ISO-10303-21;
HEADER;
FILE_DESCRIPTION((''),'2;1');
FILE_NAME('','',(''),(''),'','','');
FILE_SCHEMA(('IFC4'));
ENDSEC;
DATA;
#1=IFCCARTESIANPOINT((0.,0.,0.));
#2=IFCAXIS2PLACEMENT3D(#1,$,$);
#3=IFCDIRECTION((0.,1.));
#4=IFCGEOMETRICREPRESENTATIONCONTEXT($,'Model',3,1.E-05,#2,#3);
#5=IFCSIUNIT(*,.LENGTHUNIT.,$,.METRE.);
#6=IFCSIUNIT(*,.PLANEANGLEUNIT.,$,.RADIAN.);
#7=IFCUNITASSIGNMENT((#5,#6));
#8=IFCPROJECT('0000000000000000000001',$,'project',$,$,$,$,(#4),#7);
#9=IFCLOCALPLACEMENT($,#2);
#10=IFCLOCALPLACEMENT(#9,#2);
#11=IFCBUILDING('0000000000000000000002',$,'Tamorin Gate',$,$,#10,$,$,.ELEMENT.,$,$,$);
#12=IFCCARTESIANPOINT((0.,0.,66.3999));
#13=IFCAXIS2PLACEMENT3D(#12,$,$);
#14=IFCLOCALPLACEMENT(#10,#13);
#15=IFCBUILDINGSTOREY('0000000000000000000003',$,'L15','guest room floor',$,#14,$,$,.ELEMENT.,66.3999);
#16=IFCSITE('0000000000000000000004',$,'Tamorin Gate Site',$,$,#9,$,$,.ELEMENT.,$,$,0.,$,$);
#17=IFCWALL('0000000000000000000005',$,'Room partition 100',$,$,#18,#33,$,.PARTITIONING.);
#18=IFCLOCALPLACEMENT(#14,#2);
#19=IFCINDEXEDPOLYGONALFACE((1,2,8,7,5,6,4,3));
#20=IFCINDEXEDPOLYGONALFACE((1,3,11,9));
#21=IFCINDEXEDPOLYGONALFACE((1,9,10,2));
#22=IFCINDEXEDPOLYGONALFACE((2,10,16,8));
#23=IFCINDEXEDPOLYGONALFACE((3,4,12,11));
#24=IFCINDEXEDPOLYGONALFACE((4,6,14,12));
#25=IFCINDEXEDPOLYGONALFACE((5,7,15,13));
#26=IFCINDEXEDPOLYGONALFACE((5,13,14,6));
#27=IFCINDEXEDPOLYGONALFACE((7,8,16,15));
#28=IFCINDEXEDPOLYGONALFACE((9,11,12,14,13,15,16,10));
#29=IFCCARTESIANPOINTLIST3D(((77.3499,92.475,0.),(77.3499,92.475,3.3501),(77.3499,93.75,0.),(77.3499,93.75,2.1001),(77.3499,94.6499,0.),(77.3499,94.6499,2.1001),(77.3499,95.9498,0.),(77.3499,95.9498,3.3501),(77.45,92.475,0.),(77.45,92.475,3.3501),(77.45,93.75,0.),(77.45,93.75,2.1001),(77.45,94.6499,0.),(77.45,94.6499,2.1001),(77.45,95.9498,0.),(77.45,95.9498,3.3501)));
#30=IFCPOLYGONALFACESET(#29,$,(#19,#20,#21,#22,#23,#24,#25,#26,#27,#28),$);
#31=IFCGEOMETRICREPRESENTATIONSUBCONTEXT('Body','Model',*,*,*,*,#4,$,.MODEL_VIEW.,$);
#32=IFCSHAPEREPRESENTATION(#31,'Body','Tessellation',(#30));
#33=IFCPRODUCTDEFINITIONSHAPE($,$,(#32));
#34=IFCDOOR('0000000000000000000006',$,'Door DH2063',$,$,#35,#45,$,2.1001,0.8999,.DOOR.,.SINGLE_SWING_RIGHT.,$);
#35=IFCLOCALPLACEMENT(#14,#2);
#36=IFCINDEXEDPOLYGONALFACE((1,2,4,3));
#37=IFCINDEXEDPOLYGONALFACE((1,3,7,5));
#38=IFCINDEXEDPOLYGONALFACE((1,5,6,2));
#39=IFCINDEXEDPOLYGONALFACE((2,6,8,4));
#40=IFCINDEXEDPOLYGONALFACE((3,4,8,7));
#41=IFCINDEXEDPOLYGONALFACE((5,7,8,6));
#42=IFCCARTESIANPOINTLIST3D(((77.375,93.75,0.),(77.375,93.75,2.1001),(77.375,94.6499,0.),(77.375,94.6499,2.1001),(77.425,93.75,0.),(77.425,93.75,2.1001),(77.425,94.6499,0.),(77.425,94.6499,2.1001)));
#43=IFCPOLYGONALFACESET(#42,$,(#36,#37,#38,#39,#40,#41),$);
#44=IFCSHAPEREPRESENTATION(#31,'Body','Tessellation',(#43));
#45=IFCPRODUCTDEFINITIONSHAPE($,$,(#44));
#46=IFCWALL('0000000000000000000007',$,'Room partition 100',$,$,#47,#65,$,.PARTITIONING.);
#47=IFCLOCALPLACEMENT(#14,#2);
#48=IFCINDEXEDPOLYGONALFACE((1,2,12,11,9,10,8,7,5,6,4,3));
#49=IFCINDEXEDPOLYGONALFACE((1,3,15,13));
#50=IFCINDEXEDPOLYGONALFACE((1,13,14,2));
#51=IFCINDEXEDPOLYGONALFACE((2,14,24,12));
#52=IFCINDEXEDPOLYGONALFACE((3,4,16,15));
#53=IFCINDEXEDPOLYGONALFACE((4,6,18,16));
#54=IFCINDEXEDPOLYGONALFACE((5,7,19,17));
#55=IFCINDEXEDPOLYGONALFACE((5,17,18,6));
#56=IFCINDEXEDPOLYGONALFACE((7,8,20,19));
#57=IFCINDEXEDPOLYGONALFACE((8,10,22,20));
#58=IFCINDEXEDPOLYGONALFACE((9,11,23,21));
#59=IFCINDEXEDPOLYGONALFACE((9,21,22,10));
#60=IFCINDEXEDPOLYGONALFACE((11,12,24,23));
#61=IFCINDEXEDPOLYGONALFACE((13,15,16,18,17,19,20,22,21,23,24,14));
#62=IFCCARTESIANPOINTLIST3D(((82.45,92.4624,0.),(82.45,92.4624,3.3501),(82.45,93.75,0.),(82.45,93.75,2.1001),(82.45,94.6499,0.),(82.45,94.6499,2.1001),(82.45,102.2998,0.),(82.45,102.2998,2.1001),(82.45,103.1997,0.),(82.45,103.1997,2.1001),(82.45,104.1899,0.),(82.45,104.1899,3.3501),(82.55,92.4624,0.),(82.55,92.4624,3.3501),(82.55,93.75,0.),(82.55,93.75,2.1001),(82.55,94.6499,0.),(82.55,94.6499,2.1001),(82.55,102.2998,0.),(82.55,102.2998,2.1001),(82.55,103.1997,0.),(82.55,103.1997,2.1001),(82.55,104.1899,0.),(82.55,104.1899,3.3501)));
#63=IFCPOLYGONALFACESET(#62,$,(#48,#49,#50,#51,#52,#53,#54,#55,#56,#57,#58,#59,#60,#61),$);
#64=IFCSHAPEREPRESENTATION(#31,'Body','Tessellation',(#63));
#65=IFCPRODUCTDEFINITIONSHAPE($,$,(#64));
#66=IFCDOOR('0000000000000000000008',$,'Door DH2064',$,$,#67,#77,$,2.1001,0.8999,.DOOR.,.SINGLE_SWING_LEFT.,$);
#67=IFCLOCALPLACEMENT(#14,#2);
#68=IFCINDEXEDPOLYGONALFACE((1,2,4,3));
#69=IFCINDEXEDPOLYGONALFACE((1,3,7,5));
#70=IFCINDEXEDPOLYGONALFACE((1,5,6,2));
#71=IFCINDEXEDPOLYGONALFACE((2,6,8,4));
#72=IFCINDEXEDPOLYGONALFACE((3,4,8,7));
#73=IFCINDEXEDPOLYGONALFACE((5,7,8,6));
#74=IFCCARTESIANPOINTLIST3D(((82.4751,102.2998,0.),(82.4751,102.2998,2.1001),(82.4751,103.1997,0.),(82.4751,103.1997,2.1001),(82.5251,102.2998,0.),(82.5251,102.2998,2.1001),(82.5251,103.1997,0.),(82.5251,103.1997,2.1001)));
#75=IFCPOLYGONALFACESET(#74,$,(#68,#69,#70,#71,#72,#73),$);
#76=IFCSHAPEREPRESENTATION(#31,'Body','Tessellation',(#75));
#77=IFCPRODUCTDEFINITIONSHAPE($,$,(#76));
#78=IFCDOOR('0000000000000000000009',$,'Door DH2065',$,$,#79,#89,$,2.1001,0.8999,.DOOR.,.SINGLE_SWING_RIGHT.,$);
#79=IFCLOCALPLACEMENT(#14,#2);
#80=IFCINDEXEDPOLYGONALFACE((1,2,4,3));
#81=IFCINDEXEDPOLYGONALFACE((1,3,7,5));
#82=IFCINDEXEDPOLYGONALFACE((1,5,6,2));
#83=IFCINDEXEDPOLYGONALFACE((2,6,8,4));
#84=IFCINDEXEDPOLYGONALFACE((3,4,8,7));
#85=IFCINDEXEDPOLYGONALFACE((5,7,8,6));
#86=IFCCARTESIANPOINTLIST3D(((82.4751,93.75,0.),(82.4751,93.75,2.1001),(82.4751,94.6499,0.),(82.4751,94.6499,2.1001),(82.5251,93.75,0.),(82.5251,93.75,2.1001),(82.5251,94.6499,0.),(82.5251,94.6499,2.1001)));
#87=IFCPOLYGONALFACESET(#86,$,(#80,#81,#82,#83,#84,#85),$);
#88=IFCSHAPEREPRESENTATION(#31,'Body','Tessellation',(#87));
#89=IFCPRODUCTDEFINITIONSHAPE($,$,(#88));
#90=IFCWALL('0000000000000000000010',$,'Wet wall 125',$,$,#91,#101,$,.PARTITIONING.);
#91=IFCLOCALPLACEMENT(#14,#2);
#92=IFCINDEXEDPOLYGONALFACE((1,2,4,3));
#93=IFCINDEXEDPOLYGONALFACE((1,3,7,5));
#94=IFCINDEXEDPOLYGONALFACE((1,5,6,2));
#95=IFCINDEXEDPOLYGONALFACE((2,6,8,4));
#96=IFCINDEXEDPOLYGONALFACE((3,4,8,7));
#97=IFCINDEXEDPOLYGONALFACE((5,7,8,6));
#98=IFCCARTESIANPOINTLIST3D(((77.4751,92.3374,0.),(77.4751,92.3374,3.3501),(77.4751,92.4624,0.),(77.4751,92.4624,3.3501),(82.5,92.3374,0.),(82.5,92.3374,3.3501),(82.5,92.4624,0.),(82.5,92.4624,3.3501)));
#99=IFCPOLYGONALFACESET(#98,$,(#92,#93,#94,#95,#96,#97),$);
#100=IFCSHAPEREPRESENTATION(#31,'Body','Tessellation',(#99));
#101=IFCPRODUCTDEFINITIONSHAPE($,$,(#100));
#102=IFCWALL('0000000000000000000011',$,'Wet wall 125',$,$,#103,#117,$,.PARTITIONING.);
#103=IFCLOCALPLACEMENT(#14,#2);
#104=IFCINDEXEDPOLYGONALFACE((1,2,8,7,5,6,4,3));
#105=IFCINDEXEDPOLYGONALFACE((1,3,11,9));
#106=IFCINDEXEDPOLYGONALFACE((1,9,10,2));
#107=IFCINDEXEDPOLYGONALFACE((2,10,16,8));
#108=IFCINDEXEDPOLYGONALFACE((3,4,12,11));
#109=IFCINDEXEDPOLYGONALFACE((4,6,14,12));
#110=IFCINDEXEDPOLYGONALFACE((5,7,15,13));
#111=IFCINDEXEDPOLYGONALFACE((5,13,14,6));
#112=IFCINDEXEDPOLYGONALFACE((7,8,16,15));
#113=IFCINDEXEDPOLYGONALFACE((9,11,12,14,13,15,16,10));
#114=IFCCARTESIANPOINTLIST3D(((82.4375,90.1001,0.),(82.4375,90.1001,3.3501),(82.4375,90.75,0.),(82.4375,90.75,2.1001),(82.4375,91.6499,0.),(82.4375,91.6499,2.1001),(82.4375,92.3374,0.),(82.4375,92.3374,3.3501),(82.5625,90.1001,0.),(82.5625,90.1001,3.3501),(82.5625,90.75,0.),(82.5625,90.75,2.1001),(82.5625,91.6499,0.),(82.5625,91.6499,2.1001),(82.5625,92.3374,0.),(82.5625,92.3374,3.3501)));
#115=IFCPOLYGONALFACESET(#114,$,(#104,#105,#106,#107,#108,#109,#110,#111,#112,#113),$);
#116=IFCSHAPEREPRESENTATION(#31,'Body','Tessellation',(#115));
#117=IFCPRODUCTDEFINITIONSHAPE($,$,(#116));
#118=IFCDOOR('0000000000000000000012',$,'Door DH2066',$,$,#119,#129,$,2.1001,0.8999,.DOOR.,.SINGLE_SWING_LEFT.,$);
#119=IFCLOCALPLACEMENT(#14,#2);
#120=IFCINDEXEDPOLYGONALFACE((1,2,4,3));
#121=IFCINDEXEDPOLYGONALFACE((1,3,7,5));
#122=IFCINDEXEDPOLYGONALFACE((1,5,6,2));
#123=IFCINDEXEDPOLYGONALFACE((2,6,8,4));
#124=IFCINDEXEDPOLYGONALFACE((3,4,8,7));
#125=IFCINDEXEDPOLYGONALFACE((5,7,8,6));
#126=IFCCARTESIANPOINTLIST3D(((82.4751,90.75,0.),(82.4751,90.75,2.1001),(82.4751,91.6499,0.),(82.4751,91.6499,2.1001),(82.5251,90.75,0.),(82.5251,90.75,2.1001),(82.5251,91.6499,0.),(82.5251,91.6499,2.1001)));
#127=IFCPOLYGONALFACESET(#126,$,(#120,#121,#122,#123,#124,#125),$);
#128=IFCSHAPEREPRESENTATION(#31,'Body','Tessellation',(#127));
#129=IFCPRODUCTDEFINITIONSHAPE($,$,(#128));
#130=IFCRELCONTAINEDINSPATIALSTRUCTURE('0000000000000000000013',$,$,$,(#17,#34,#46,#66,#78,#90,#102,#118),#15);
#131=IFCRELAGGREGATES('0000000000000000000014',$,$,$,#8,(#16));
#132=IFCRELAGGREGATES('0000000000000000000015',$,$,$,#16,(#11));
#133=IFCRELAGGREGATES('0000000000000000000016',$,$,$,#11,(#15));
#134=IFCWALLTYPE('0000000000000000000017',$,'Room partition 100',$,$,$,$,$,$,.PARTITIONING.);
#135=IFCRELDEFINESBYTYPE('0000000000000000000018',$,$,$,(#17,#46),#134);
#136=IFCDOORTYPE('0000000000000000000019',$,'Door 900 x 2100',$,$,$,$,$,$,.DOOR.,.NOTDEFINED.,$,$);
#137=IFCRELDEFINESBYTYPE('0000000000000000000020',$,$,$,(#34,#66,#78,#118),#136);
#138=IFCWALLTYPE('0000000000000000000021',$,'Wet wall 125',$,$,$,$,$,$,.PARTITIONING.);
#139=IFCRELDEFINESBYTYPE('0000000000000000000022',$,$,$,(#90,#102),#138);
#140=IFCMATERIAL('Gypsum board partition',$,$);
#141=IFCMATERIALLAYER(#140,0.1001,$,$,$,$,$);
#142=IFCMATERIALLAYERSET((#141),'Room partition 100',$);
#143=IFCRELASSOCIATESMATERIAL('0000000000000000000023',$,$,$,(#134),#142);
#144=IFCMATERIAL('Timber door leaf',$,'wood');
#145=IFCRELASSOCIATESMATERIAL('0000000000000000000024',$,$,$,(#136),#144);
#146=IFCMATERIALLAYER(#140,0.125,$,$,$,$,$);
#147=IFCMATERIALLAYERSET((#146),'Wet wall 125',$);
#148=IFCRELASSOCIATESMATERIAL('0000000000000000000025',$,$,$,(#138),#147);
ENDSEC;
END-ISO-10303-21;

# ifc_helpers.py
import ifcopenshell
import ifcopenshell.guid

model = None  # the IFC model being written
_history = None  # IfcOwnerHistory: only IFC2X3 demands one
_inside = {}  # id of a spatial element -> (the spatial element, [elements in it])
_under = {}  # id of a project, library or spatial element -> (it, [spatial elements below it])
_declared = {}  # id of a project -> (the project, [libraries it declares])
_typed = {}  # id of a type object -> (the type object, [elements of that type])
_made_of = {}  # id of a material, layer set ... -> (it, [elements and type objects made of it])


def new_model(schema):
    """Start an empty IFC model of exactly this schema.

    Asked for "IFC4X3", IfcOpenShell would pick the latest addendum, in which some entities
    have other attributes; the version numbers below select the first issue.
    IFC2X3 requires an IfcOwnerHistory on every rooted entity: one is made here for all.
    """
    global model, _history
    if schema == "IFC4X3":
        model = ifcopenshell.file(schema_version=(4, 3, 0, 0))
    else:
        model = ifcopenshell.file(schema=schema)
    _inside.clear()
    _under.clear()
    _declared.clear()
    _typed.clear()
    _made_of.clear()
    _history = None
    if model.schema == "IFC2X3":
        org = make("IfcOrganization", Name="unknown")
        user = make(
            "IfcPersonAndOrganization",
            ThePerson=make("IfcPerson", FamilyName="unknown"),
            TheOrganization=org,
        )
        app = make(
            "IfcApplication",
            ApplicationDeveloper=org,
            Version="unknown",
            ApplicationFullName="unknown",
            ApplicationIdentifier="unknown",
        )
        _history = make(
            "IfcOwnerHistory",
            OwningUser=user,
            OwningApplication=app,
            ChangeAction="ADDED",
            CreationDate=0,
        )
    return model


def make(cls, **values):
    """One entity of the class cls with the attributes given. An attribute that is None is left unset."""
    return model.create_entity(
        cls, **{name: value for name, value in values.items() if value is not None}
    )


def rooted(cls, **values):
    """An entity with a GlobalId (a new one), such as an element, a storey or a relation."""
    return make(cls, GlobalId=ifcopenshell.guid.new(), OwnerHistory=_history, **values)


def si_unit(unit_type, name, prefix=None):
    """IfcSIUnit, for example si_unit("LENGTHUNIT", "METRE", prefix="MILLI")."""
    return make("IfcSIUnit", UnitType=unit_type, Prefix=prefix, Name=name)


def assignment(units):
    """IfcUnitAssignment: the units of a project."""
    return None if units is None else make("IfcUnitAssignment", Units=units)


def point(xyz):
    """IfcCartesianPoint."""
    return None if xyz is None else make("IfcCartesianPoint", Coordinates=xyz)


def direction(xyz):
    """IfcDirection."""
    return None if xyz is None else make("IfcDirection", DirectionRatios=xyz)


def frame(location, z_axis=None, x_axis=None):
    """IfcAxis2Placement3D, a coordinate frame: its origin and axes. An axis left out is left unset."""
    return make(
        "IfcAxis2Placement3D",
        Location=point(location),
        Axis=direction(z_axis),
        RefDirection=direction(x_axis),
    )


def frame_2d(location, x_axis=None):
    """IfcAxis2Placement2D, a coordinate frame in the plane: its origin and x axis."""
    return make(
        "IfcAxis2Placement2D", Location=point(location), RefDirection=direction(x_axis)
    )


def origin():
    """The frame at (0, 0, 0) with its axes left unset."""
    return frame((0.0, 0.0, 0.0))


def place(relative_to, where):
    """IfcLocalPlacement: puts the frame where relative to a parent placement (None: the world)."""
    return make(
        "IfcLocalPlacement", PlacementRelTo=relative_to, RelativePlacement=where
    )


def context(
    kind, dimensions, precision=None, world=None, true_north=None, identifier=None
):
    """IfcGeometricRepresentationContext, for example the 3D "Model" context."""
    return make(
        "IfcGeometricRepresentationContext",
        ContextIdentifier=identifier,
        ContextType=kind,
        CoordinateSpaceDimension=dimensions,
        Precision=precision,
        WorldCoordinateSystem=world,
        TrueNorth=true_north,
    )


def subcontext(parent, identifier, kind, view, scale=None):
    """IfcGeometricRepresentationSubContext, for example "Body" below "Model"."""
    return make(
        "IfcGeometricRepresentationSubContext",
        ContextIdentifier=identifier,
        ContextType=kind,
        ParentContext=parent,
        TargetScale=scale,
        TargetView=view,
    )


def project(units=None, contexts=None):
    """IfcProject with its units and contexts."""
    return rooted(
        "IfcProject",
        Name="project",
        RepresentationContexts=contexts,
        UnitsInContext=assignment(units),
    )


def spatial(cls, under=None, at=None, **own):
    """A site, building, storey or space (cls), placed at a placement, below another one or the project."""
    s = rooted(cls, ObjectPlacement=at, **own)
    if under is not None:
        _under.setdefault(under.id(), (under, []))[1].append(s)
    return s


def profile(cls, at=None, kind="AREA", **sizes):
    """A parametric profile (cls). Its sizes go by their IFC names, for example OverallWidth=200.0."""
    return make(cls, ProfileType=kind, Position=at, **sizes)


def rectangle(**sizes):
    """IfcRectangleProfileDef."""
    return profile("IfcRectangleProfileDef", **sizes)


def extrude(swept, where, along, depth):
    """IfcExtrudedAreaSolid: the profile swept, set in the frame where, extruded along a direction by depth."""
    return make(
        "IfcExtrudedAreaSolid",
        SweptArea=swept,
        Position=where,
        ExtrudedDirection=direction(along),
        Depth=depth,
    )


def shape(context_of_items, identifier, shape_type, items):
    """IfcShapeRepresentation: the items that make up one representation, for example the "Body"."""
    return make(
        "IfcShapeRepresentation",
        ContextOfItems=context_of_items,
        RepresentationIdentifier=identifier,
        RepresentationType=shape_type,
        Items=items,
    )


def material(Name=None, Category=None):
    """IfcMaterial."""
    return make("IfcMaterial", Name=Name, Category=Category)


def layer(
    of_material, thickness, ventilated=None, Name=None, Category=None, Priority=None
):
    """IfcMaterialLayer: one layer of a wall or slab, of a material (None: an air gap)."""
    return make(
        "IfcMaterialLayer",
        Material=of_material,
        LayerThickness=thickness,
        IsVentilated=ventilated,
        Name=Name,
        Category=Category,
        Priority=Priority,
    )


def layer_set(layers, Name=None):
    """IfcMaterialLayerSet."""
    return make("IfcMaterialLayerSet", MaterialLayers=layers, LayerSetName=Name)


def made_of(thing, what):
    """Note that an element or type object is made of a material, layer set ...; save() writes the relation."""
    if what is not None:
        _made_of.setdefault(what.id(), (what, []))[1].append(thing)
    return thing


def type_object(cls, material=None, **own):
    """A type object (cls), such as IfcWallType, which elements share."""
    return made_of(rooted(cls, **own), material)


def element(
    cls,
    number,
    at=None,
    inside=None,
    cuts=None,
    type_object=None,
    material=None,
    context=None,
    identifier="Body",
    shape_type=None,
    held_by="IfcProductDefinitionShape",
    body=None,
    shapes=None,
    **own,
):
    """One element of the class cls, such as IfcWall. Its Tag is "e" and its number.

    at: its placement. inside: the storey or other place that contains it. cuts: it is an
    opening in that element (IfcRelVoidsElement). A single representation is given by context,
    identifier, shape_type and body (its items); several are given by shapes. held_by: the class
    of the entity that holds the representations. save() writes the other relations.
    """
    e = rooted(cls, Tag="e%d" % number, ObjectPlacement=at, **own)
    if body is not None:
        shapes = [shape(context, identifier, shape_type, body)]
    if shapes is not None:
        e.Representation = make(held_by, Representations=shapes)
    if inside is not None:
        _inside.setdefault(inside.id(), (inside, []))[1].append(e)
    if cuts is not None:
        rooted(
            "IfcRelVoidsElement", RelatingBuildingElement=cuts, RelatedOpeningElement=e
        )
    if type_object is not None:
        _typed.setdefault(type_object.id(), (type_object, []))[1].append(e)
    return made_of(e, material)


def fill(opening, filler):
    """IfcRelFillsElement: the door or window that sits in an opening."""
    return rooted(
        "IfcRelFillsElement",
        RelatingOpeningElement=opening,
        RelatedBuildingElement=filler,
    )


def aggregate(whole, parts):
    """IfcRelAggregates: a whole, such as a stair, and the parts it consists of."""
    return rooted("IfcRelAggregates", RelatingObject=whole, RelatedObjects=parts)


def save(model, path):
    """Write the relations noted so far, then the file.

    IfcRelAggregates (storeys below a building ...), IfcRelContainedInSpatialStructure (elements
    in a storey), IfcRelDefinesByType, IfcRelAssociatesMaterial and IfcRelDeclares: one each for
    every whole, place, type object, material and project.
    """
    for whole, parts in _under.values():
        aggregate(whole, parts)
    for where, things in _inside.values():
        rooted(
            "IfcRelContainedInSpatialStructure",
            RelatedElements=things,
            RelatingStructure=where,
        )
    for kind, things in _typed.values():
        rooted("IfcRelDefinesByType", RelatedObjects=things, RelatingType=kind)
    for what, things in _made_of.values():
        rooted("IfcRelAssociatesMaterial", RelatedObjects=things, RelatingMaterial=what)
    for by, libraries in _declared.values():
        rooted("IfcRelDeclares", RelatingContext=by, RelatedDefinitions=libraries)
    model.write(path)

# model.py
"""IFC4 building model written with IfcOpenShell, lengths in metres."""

from ifc_helpers import new_model, si_unit, direction, frame, frame_2d, origin, place, context, subcontext, project, spatial, rectangle, extrude, material, layer, layer_set, type_object, element, fill, save


model = new_model("IFC4")

# Units and contexts
model_context = context("Model", 3, precision=1e-05, world=origin(), true_north=direction((0.0, 1.0)))
body_context = subcontext(model_context, "Body", "Model", "MODEL_VIEW")
ifc_project = project(units=[si_unit("LENGTHUNIT", "METRE"), si_unit("PLANEANGLEUNIT", "RADIAN")], contexts=[model_context])

# Site, building, storey
site_placement = place(None, origin())
site = spatial("IfcSite", under=ifc_project, at=site_placement, Name="Tamorin Gate Site", CompositionType="ELEMENT", RefElevation=0.0)
building_placement = place(site_placement, origin())
building = spatial("IfcBuilding", under=site, at=building_placement, Name="Tamorin Gate", CompositionType="ELEMENT")
storey_placement = place(building_placement, frame((0.0, 0.0, 66.3999)))
storey = spatial("IfcBuildingStorey", under=building, at=storey_placement, Name="L15", Description="guest room floor", CompositionType="ELEMENT", Elevation=66.3999)

# Shared definitions
ifc_material_1 = material(Name="Gypsum board partition")

# Wall, opening, door
ifc_layer_1 = layer(ifc_material_1, 0.1001)
ifc_layer_set_1 = layer_set([ifc_layer_1], Name="Room partition 100")
wall_type_1 = type_object("IfcWallType", Name="Room partition 100", PredefinedType="PARTITIONING", material=ifc_layer_set_1)
ifc_material_2 = material(Name="Timber door leaf", Category="wood")
door_type = type_object("IfcDoorType", Name="Door 900 x 2100", OperationType="NOTDEFINED", PredefinedType="DOOR", material=ifc_material_2)
wall_1_placement = place(storey_placement, frame((77.3999, 92.4751, 0.0), z_axis=(0.0, 0.0, 1.0), x_axis=(0.0, 1.0, 0.0)))
wall_1 = element("IfcWall", 1, at=wall_1_placement, inside=storey, type_object=wall_type_1, Name="Room partition 100", PredefinedType="PARTITIONING", context=body_context, shape_type="SweptSolid", body=[
    extrude(rectangle(XDim=3.4749, YDim=0.1001, at=frame_2d((1.7373, 0.0))), origin(), (0.0, 0.0, 1.0), 3.3501),
])
opening_1_placement = place(wall_1_placement, frame((1.2749, 0.0, 0.0)))
opening_1 = element("IfcOpeningElement", 2, at=opening_1_placement, cuts=wall_1, PredefinedType="OPENING", context=body_context, shape_type="SweptSolid", body=[
    extrude(rectangle(XDim=0.8999, YDim=2.1001, at=frame_2d((0.45, 1.05))), frame((0.0, 0.0601, 0.0), z_axis=(0.0, -1.0, 0.0), x_axis=(1.0, 0.0, 0.0)), (0.0, 0.0, 1.0), 0.1201),
])
door_1_placement = place(opening_1_placement, origin())
door_1 = element("IfcDoor", 3, at=door_1_placement, inside=storey, type_object=door_type, Name="Door DH2063", OperationType="SINGLE_SWING_RIGHT", OverallHeight=2.1001, OverallWidth=0.8999, PredefinedType="DOOR", context=body_context, shape_type="SweptSolid", body=[
    extrude(rectangle(XDim=0.8999, YDim=2.1001, at=frame_2d((0.45, 1.05))), frame((0.0, 0.0249, 0.0), z_axis=(0.0, -1.0, 0.0), x_axis=(1.0, 0.0, 0.0)), (0.0, 0.0, 1.0), 0.05),
])
fill(opening_1, door_1)

# Wall, openings, doors
wall_2_placement = place(storey_placement, frame((82.5, 92.4624, 0.0), z_axis=(0.0, 0.0, 1.0), x_axis=(0.0, 1.0, 0.0)))
wall_2 = element("IfcWall", 4, at=wall_2_placement, inside=storey, type_object=wall_type_1, Name="Room partition 100", PredefinedType="PARTITIONING", context=body_context, shape_type="SweptSolid", body=[
    extrude(rectangle(XDim=11.7275, YDim=0.1001, at=frame_2d((5.8638, 0.0))), origin(), (0.0, 0.0, 1.0), 3.3501),
])
opening_2_placement = place(wall_2_placement, frame((9.8374, 0.0, 0.0)))
opening_2 = element("IfcOpeningElement", 5, at=opening_2_placement, cuts=wall_2, PredefinedType="OPENING", context=body_context, shape_type="SweptSolid", body=[
    extrude(rectangle(XDim=0.8999, YDim=2.1001, at=frame_2d((0.45, 1.05))), frame((0.0, 0.0601, 0.0), z_axis=(0.0, -1.0, 0.0), x_axis=(1.0, 0.0, 0.0)), (0.0, 0.0, 1.0), 0.1201),
])
opening_3_placement = place(wall_2_placement, frame((1.2876, 0.0, 0.0)))
opening_3 = element("IfcOpeningElement", 6, at=opening_3_placement, cuts=wall_2, PredefinedType="OPENING", context=body_context, shape_type="SweptSolid", body=[
    extrude(rectangle(XDim=0.8999, YDim=2.1001, at=frame_2d((0.45, 1.05))), frame((0.0, 0.0601, 0.0), z_axis=(0.0, -1.0, 0.0), x_axis=(1.0, 0.0, 0.0)), (0.0, 0.0, 1.0), 0.1201),
])
door_2_placement = place(opening_2_placement, origin())
door_2 = element("IfcDoor", 7, at=door_2_placement, inside=storey, type_object=door_type, Name="Door DH2064", OperationType="SINGLE_SWING_LEFT", OverallHeight=2.1001, OverallWidth=0.8999, PredefinedType="DOOR", context=body_context, shape_type="SweptSolid", body=[
    extrude(rectangle(XDim=0.8999, YDim=2.1001, at=frame_2d((0.45, 1.05))), frame((0.0, 0.0249, 0.0), z_axis=(0.0, -1.0, 0.0), x_axis=(1.0, 0.0, 0.0)), (0.0, 0.0, 1.0), 0.05),
])
fill(opening_2, door_2)
door_3_placement = place(opening_3_placement, origin())
door_3 = element("IfcDoor", 8, at=door_3_placement, inside=storey, type_object=door_type, Name="Door DH2065", OperationType="SINGLE_SWING_RIGHT", OverallHeight=2.1001, OverallWidth=0.8999, PredefinedType="DOOR", context=body_context, shape_type="SweptSolid", body=[
    extrude(rectangle(XDim=0.8999, YDim=2.1001, at=frame_2d((0.45, 1.05))), frame((0.0, 0.0249, 0.0), z_axis=(0.0, -1.0, 0.0), x_axis=(1.0, 0.0, 0.0)), (0.0, 0.0, 1.0), 0.05),
])
fill(opening_3, door_3)

# Wall
ifc_layer_2 = layer(ifc_material_1, 0.125)
ifc_layer_set_2 = layer_set([ifc_layer_2], Name="Wet wall 125")
wall_type_2 = type_object("IfcWallType", Name="Wet wall 125", PredefinedType="PARTITIONING", material=ifc_layer_set_2)
wall_3_placement = place(storey_placement, frame((77.4751, 92.3999, 0.0), z_axis=(0.0, 0.0, 1.0), x_axis=(1.0, 0.0, 0.0)))
element("IfcWall", 9, at=wall_3_placement, inside=storey, type_object=wall_type_2, Name="Wet wall 125", PredefinedType="PARTITIONING", context=body_context, shape_type="SweptSolid", body=[
    extrude(rectangle(XDim=5.0249, YDim=0.125, at=frame_2d((2.5125, 0.0))), origin(), (0.0, 0.0, 1.0), 3.3501),
])

# Wall, opening, door
wall_4_placement = place(storey_placement, frame((82.5, 90.1001, 0.0), z_axis=(0.0, 0.0, 1.0), x_axis=(0.0, 1.0, 0.0)))
wall_4 = element("IfcWall", 10, at=wall_4_placement, inside=storey, type_object=wall_type_2, Name="Wet wall 125", PredefinedType="PARTITIONING", context=body_context, shape_type="SweptSolid", body=[
    extrude(rectangle(XDim=2.2373, YDim=0.125, at=frame_2d((1.1187, 0.0))), origin(), (0.0, 0.0, 1.0), 3.3501),
])
opening_4_placement = place(wall_4_placement, frame((0.6499, 0.0, 0.0)))
opening_4 = element("IfcOpeningElement", 11, at=opening_4_placement, cuts=wall_4, PredefinedType="OPENING", context=body_context, shape_type="SweptSolid", body=[
    extrude(rectangle(XDim=0.8999, YDim=2.1001, at=frame_2d((0.45, 1.05))), frame((0.0, 0.0725, 0.0), z_axis=(0.0, -1.0, 0.0), x_axis=(1.0, 0.0, 0.0)), (0.0, 0.0, 1.0), 0.145),
])
door_4_placement = place(opening_4_placement, origin())
door_4 = element("IfcDoor", 12, at=door_4_placement, inside=storey, type_object=door_type, Name="Door DH2066", OperationType="SINGLE_SWING_LEFT", OverallHeight=2.1001, OverallWidth=0.8999, PredefinedType="DOOR", context=body_context, shape_type="SweptSolid", body=[
    extrude(rectangle(XDim=0.8999, YDim=2.1001, at=frame_2d((0.45, 1.05))), frame((0.0, 0.0249, 0.0), z_axis=(0.0, -1.0, 0.0), x_axis=(1.0, 0.0, 0.0)), (0.0, 0.0, 1.0), 0.05),
])
fill(opening_4, door_4)

save(model, "model.ifc")
